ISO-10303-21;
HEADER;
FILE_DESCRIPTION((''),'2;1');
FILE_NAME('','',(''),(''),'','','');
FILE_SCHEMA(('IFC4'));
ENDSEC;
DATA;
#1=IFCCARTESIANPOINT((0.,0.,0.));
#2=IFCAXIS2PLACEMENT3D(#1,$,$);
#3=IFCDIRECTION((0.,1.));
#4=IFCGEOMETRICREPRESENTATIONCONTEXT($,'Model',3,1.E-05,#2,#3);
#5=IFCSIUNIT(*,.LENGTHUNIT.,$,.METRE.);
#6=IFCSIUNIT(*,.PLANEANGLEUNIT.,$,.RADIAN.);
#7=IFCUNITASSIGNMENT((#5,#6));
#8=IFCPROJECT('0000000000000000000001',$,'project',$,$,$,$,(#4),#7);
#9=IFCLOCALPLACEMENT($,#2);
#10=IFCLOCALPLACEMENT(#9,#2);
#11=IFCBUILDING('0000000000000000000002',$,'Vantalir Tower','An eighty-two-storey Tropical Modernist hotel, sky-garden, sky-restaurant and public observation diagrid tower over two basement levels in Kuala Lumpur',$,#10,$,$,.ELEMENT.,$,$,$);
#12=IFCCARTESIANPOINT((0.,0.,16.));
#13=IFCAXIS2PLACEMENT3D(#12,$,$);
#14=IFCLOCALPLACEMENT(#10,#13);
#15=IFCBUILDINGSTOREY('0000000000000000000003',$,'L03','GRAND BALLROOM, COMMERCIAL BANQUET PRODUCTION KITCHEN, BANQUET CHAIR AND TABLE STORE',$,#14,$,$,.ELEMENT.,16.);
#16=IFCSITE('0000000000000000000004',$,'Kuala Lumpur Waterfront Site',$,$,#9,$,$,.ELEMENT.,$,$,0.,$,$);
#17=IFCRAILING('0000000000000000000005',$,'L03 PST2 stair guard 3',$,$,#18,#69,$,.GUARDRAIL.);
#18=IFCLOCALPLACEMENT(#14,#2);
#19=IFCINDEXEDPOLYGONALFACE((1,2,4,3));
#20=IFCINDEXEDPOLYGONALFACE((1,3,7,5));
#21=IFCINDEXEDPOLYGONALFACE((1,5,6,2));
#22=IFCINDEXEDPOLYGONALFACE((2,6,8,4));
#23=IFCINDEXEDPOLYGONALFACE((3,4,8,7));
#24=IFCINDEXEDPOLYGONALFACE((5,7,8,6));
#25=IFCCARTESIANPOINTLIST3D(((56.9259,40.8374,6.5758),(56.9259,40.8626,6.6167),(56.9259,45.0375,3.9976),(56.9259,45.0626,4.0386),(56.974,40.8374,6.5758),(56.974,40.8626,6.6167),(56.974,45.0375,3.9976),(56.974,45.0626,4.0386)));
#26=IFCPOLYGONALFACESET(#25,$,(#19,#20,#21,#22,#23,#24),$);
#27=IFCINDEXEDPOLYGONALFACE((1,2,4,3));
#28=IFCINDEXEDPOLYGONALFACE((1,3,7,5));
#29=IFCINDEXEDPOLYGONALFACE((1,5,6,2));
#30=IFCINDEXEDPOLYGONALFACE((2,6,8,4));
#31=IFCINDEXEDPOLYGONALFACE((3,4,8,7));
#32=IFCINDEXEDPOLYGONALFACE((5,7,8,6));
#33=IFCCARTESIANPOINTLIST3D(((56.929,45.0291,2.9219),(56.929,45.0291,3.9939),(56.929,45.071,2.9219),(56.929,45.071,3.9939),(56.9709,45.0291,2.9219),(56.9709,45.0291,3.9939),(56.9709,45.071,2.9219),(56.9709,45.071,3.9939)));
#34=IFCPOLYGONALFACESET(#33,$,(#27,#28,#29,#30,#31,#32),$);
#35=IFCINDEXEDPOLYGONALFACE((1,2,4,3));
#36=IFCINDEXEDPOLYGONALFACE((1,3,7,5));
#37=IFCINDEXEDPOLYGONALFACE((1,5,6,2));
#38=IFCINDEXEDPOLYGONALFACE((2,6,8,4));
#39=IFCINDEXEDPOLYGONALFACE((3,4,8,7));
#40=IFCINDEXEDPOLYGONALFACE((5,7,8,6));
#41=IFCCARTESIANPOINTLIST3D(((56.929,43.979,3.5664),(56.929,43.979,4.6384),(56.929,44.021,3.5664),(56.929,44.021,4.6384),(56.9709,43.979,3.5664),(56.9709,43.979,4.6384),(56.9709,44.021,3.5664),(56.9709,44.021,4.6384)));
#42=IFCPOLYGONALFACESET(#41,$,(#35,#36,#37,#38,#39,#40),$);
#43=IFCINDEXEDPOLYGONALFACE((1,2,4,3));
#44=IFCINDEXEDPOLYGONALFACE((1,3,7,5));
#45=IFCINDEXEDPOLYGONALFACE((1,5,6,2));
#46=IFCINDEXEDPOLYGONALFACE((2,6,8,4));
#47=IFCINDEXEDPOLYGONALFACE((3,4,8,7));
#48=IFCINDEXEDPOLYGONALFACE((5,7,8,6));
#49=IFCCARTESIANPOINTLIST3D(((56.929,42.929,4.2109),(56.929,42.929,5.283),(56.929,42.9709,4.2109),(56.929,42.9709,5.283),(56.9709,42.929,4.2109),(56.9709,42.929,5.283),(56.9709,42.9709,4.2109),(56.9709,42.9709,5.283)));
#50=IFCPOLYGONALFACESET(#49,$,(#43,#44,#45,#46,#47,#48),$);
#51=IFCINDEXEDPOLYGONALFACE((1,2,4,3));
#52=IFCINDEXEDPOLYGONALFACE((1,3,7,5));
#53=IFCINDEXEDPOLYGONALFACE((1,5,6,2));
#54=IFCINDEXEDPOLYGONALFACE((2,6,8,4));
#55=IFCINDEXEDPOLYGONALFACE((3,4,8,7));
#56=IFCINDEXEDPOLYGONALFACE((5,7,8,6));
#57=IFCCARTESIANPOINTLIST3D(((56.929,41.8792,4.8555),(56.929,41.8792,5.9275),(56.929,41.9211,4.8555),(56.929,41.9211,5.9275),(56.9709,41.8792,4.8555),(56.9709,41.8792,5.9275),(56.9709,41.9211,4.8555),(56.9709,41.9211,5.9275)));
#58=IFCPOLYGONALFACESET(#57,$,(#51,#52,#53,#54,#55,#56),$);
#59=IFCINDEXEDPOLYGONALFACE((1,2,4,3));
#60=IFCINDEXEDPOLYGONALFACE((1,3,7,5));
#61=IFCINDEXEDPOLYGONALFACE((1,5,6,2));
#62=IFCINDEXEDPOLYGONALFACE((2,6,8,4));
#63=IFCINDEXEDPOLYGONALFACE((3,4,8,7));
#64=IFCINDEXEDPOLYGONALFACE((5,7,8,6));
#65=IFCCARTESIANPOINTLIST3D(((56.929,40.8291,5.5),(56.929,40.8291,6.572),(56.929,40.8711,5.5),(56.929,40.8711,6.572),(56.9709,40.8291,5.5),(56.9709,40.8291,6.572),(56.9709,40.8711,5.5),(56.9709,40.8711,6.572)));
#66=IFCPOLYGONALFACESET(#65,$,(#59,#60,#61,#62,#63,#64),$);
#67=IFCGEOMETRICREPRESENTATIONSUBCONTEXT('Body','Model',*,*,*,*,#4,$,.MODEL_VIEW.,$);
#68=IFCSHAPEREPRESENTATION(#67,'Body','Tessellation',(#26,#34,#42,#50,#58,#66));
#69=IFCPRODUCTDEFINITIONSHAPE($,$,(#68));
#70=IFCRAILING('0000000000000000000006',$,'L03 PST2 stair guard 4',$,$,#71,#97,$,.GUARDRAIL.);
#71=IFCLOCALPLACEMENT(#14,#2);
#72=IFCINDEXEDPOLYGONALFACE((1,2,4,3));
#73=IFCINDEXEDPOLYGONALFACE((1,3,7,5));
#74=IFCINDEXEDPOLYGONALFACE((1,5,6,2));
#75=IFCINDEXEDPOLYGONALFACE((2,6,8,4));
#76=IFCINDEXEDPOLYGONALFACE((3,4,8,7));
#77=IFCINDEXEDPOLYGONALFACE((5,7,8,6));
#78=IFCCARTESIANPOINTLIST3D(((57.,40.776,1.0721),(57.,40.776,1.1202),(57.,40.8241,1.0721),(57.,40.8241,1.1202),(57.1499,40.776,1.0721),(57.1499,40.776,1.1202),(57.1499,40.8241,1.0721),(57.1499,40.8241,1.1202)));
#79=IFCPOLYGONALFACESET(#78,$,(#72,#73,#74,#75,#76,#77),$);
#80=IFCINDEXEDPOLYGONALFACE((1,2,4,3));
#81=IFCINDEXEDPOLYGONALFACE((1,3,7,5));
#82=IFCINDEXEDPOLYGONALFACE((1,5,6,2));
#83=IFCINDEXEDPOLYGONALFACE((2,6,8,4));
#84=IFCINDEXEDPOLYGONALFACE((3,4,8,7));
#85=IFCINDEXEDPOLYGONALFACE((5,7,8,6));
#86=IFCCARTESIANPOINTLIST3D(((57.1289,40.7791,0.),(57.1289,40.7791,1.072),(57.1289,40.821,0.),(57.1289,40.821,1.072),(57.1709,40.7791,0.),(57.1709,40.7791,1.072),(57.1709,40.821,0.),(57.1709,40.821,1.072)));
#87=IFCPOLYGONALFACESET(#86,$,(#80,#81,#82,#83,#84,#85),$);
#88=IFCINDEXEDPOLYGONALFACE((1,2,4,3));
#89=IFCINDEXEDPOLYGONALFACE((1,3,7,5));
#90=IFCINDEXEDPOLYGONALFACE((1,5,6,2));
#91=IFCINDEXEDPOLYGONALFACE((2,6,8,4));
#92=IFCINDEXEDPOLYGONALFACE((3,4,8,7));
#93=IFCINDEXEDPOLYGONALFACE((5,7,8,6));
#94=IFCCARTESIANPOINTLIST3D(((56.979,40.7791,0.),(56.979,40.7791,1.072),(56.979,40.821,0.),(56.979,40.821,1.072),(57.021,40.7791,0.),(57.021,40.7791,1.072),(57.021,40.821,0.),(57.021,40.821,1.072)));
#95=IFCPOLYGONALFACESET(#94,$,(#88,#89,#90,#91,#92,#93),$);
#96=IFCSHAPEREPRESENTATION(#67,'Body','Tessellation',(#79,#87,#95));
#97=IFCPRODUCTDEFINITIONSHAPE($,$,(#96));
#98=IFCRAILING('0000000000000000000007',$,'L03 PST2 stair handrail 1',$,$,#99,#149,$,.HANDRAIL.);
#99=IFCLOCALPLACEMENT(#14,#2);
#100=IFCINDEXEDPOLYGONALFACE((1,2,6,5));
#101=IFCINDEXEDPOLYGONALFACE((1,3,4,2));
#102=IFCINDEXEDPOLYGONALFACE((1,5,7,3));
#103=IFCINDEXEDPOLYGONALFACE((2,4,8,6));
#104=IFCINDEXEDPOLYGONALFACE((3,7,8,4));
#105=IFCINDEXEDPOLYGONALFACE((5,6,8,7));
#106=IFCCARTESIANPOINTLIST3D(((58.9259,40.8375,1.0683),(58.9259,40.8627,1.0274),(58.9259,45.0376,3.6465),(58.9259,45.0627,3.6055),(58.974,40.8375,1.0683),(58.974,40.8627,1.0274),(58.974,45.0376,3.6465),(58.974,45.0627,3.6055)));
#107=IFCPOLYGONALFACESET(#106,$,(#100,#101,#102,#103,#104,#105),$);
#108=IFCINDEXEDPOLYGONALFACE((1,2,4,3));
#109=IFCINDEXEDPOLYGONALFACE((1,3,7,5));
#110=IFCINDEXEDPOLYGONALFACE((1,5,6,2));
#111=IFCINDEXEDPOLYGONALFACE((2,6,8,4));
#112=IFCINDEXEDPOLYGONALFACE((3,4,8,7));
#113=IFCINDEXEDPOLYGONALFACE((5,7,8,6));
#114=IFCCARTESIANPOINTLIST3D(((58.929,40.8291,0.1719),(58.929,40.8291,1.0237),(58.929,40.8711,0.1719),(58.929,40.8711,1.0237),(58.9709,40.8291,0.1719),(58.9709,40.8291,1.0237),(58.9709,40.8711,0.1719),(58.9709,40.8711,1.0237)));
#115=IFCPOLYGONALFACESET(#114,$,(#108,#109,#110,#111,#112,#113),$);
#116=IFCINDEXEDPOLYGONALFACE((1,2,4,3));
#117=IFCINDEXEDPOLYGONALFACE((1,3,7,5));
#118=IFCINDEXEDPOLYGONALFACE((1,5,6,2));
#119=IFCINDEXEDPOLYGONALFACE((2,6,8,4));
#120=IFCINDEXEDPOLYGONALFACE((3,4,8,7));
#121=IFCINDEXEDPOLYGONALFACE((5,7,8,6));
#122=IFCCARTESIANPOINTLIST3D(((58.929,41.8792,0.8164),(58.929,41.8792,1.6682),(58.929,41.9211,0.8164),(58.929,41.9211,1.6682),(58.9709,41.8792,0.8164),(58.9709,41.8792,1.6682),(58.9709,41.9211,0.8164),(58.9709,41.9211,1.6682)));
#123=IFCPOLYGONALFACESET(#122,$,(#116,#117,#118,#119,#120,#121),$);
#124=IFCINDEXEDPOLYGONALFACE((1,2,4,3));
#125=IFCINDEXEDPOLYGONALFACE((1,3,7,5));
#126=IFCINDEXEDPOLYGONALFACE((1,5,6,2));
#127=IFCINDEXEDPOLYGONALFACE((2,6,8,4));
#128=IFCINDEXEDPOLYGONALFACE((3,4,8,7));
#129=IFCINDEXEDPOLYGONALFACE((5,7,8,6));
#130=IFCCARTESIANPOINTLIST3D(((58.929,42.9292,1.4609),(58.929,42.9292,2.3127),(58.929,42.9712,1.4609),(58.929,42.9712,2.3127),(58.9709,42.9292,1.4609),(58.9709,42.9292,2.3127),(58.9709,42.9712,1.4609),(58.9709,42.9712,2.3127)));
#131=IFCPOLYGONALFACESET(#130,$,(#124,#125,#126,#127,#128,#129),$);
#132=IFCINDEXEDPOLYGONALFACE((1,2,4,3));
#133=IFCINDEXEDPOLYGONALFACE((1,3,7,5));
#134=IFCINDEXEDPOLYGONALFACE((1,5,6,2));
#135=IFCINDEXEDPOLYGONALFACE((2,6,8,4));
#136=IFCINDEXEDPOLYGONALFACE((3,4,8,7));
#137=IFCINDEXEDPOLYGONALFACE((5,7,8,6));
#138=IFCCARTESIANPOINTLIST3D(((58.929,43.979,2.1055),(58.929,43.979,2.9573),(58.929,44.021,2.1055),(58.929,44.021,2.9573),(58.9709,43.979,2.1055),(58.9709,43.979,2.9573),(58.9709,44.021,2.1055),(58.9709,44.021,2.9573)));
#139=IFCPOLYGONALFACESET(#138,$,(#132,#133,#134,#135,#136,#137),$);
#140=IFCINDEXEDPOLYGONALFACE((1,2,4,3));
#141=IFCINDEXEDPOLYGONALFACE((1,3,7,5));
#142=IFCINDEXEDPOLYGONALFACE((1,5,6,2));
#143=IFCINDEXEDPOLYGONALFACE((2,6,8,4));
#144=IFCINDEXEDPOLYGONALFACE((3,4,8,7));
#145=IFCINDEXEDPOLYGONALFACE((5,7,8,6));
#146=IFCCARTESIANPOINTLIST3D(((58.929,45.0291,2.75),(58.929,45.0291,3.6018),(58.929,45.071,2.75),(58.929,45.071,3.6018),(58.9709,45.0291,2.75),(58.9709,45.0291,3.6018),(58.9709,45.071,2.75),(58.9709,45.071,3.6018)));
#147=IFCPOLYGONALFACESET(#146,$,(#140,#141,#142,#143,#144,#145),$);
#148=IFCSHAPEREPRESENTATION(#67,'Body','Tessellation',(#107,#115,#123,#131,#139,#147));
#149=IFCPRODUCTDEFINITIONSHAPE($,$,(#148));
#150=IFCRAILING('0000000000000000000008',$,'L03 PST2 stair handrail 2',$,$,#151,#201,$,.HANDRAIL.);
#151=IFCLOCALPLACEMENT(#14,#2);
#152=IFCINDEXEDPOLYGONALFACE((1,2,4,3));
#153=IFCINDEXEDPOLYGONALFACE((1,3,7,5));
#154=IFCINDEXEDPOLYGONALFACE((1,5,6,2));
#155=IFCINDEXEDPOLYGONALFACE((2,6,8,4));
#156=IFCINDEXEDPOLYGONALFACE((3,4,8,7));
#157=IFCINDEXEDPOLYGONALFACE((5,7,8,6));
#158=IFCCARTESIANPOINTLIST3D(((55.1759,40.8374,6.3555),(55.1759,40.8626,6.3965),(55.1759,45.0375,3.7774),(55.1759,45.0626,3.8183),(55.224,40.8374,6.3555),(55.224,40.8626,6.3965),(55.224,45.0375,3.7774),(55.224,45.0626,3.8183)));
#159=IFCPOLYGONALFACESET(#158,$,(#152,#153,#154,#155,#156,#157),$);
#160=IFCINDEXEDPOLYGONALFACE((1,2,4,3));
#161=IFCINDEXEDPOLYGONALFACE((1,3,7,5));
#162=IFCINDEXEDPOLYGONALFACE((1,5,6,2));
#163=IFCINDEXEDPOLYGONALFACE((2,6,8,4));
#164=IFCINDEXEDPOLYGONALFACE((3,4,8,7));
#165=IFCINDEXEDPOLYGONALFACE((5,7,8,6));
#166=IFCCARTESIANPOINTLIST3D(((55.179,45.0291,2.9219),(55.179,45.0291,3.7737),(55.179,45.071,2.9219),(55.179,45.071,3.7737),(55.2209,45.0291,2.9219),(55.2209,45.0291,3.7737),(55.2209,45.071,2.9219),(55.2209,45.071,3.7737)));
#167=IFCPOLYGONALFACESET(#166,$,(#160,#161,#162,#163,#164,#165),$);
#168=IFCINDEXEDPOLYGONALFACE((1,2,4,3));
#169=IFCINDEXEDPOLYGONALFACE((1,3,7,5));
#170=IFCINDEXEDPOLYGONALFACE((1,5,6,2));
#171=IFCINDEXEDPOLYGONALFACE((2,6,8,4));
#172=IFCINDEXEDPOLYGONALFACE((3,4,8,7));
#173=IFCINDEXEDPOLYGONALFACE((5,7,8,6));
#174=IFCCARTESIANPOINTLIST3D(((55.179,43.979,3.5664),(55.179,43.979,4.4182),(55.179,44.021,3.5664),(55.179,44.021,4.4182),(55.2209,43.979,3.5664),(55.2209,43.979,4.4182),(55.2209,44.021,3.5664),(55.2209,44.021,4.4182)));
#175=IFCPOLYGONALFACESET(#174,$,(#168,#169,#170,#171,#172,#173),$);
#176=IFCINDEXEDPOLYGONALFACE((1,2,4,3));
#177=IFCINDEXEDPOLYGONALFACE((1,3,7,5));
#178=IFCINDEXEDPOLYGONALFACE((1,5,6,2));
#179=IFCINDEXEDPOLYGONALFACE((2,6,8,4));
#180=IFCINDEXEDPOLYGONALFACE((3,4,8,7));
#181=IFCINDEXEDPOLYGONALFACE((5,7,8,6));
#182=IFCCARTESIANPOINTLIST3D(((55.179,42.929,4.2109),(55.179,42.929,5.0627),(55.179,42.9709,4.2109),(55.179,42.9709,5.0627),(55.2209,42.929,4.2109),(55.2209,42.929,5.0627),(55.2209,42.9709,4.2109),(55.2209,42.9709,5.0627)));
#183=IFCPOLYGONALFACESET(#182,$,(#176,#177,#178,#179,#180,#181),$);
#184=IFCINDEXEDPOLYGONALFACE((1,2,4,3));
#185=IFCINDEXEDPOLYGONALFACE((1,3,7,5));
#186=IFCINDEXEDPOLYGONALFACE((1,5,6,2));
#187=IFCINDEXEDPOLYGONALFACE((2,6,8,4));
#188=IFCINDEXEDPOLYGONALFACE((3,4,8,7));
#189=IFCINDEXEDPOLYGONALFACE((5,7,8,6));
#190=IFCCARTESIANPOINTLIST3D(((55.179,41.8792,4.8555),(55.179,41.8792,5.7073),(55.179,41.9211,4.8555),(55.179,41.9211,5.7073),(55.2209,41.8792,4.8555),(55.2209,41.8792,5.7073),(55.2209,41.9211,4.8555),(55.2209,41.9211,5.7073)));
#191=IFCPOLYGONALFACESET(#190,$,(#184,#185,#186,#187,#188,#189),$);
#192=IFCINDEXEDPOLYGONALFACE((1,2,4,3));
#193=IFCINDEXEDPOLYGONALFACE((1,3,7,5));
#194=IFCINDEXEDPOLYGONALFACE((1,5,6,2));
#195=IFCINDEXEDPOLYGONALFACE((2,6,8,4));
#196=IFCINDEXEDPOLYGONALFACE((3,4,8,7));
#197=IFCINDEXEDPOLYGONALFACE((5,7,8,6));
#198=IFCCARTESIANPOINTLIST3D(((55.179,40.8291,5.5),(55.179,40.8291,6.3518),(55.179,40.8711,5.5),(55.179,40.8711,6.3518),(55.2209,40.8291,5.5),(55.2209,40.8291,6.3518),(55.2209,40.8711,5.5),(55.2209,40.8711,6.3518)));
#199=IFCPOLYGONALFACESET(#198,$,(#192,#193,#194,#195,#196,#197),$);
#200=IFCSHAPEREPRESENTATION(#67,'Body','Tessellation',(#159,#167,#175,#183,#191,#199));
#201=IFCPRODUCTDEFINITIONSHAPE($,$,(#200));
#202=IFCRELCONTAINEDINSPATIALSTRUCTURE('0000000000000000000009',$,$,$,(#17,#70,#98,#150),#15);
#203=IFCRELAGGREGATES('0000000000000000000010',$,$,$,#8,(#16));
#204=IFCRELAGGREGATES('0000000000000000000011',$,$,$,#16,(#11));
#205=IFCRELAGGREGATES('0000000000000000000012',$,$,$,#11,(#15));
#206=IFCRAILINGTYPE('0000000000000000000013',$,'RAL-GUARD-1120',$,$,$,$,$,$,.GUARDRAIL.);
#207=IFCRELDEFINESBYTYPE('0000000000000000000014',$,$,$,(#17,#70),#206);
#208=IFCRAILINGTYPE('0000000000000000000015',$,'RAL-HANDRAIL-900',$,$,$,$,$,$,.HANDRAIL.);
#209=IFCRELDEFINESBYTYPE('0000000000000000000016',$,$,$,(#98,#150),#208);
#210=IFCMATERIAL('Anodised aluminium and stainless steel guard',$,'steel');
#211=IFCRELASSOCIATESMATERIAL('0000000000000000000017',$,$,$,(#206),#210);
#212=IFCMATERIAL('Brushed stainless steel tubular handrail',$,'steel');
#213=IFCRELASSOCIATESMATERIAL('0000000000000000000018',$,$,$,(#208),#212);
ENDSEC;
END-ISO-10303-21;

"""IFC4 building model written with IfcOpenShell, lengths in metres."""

from ifc_helpers import new_model, si_unit, direction, frame, origin, origin_2d, place, context, subcontext, project, spatial, rectangle, extrude, material, type_object, element, save


model = new_model("IFC4")

# Units and contexts
model_context = context("Model", 3, precision=1e-05, world=origin(), true_north=direction((0.0, 1.0)))
body_context = subcontext(model_context, "Body", "Model", "MODEL_VIEW")
ifc_project = project(units=[si_unit("LENGTHUNIT", "METRE"), si_unit("PLANEANGLEUNIT", "RADIAN")], contexts=[model_context])

# Site, building, storey
site_placement = place(None, origin())
site = spatial("IfcSite", under=ifc_project, at=site_placement, Name="Kuala Lumpur Waterfront Site", CompositionType="ELEMENT", RefElevation=0.0)
building_placement = place(site_placement, origin())
building = spatial("IfcBuilding", under=site, at=building_placement, Name="Vantalir Tower", Description="An eighty-two-storey Tropical Modernist hotel, sky-garden, sky-restaurant and public observation diagrid tower over two basement levels in Kuala Lumpur", CompositionType="ELEMENT")
storey_placement = place(building_placement, frame((0.0, 0.0, 16.0)))
storey = spatial("IfcBuildingStorey", under=building, at=storey_placement, Name="L03", Description="GRAND BALLROOM, COMMERCIAL BANQUET PRODUCTION KITCHEN, BANQUET CHAIR AND TABLE STORE", CompositionType="ELEMENT", Elevation=16.0)

# Railings
ifc_material_1 = material(Name="Anodised aluminium and stainless steel guard", Category="steel")
railing_type_1 = type_object("IfcRailingType", Name="RAL-GUARD-1120", PredefinedType="GUARDRAIL", material=ifc_material_1)
railing_1_placement = place(storey_placement, frame((56.95, 45.05, 2.9219)))
element("IfcRailing", 1, at=railing_1_placement, inside=storey, type_object=railing_type_1, Name="L03 PST2 stair guard 3", PredefinedType="GUARDRAIL", context=body_context, shape_type="SweptSolid", body=[
    extrude(rectangle(XDim=0.0481, YDim=0.0481, at=origin_2d()), frame((0.0, 0.0, 1.0962), z_axis=(0.0, -0.852243, 0.523146), x_axis=(1.0, 0.0, 0.0)), (0.0, 0.0, 1.0), 4.9282),
    extrude(rectangle(XDim=0.042, YDim=0.042, at=origin_2d()), origin(), (0.0, 0.0, 1.0), 1.072),
    extrude(rectangle(XDim=0.042, YDim=0.042, at=origin_2d()), frame((0.0, -1.05, 0.6445)), (0.0, 0.0, 1.0), 1.072),
    extrude(rectangle(XDim=0.042, YDim=0.042, at=origin_2d()), frame((0.0, -2.1001, 1.2891)), (0.0, 0.0, 1.0), 1.072),
    extrude(rectangle(XDim=0.042, YDim=0.042, at=origin_2d()), frame((0.0, -3.1499, 1.9336)), (0.0, 0.0, 1.0), 1.072),
    extrude(rectangle(XDim=0.042, YDim=0.042, at=origin_2d()), frame((0.0, -4.2, 2.5781)), (0.0, 0.0, 1.0), 1.072),
])
railing_2_placement = place(storey_placement, frame((57.1499, 40.8, 0.0)))
element("IfcRailing", 2, at=railing_2_placement, inside=storey, type_object=railing_type_1, Name="L03 PST2 stair guard 4", PredefinedType="GUARDRAIL", context=body_context, shape_type="SweptSolid", body=[
    extrude(rectangle(XDim=0.0481, YDim=0.0481, at=origin_2d()), frame((0.0, 0.0, 1.0962), z_axis=(-1.0, 0.0, 0.0), x_axis=(0.0, -1.0, 0.0)), (0.0, 0.0, 1.0), 0.1499),
    extrude(rectangle(XDim=0.042, YDim=0.042, at=origin_2d()), origin(), (0.0, 0.0, 1.0), 1.072),
    extrude(rectangle(XDim=0.042, YDim=0.042, at=origin_2d()), frame((-0.1499, 0.0, 0.0)), (0.0, 0.0, 1.0), 1.072),
])
ifc_material_2 = material(Name="Brushed stainless steel tubular handrail", Category="steel")
railing_type_2 = type_object("IfcRailingType", Name="RAL-HANDRAIL-900", PredefinedType="HANDRAIL", material=ifc_material_2)
railing_3_placement = place(storey_placement, frame((58.95, 40.8501, 0.1719)))
element("IfcRailing", 3, at=railing_3_placement, inside=storey, type_object=railing_type_2, Name="L03 PST2 stair handrail 1", PredefinedType="HANDRAIL", context=body_context, shape_type="SweptSolid", body=[
    extrude(rectangle(XDim=0.0481, YDim=0.0481, at=origin_2d()), frame((0.0, 0.0, 0.876), z_axis=(0.0, 0.852243, 0.523146), x_axis=(-1.0, 0.0, 0.0)), (0.0, 0.0, 1.0), 4.9282),
    extrude(rectangle(XDim=0.042, YDim=0.042, at=origin_2d()), origin(), (0.0, 0.0, 1.0), 0.8518),
    extrude(rectangle(XDim=0.042, YDim=0.042, at=origin_2d()), frame((0.0, 1.05, 0.6445)), (0.0, 0.0, 1.0), 0.8518),
    extrude(rectangle(XDim=0.042, YDim=0.042, at=origin_2d()), frame((0.0, 2.1001, 1.2891)), (0.0, 0.0, 1.0), 0.8518),
    extrude(rectangle(XDim=0.042, YDim=0.042, at=origin_2d()), frame((0.0, 3.1499, 1.9336)), (0.0, 0.0, 1.0), 0.8518),
    extrude(rectangle(XDim=0.042, YDim=0.042, at=origin_2d()), frame((0.0, 4.2, 2.5781)), (0.0, 0.0, 1.0), 0.8518),
])
railing_4_placement = place(storey_placement, frame((55.2, 45.05, 2.9219)))
element("IfcRailing", 4, at=railing_4_placement, inside=storey, type_object=railing_type_2, Name="L03 PST2 stair handrail 2", PredefinedType="HANDRAIL", context=body_context, shape_type="SweptSolid", body=[
    extrude(rectangle(XDim=0.0481, YDim=0.0481, at=origin_2d()), frame((0.0, 0.0, 0.876), z_axis=(0.0, -0.852243, 0.523146), x_axis=(1.0, 0.0, 0.0)), (0.0, 0.0, 1.0), 4.9282),
    extrude(rectangle(XDim=0.042, YDim=0.042, at=origin_2d()), origin(), (0.0, 0.0, 1.0), 0.8518),
    extrude(rectangle(XDim=0.042, YDim=0.042, at=origin_2d()), frame((0.0, -1.05, 0.6445)), (0.0, 0.0, 1.0), 0.8518),
    extrude(rectangle(XDim=0.042, YDim=0.042, at=origin_2d()), frame((0.0, -2.1001, 1.2891)), (0.0, 0.0, 1.0), 0.8518),
    extrude(rectangle(XDim=0.042, YDim=0.042, at=origin_2d()), frame((0.0, -3.1499, 1.9336)), (0.0, 0.0, 1.0), 0.8518),
    extrude(rectangle(XDim=0.042, YDim=0.042, at=origin_2d()), frame((0.0, -4.2, 2.5781)), (0.0, 0.0, 1.0), 0.8518),
])

save(model, "model.ifc")
